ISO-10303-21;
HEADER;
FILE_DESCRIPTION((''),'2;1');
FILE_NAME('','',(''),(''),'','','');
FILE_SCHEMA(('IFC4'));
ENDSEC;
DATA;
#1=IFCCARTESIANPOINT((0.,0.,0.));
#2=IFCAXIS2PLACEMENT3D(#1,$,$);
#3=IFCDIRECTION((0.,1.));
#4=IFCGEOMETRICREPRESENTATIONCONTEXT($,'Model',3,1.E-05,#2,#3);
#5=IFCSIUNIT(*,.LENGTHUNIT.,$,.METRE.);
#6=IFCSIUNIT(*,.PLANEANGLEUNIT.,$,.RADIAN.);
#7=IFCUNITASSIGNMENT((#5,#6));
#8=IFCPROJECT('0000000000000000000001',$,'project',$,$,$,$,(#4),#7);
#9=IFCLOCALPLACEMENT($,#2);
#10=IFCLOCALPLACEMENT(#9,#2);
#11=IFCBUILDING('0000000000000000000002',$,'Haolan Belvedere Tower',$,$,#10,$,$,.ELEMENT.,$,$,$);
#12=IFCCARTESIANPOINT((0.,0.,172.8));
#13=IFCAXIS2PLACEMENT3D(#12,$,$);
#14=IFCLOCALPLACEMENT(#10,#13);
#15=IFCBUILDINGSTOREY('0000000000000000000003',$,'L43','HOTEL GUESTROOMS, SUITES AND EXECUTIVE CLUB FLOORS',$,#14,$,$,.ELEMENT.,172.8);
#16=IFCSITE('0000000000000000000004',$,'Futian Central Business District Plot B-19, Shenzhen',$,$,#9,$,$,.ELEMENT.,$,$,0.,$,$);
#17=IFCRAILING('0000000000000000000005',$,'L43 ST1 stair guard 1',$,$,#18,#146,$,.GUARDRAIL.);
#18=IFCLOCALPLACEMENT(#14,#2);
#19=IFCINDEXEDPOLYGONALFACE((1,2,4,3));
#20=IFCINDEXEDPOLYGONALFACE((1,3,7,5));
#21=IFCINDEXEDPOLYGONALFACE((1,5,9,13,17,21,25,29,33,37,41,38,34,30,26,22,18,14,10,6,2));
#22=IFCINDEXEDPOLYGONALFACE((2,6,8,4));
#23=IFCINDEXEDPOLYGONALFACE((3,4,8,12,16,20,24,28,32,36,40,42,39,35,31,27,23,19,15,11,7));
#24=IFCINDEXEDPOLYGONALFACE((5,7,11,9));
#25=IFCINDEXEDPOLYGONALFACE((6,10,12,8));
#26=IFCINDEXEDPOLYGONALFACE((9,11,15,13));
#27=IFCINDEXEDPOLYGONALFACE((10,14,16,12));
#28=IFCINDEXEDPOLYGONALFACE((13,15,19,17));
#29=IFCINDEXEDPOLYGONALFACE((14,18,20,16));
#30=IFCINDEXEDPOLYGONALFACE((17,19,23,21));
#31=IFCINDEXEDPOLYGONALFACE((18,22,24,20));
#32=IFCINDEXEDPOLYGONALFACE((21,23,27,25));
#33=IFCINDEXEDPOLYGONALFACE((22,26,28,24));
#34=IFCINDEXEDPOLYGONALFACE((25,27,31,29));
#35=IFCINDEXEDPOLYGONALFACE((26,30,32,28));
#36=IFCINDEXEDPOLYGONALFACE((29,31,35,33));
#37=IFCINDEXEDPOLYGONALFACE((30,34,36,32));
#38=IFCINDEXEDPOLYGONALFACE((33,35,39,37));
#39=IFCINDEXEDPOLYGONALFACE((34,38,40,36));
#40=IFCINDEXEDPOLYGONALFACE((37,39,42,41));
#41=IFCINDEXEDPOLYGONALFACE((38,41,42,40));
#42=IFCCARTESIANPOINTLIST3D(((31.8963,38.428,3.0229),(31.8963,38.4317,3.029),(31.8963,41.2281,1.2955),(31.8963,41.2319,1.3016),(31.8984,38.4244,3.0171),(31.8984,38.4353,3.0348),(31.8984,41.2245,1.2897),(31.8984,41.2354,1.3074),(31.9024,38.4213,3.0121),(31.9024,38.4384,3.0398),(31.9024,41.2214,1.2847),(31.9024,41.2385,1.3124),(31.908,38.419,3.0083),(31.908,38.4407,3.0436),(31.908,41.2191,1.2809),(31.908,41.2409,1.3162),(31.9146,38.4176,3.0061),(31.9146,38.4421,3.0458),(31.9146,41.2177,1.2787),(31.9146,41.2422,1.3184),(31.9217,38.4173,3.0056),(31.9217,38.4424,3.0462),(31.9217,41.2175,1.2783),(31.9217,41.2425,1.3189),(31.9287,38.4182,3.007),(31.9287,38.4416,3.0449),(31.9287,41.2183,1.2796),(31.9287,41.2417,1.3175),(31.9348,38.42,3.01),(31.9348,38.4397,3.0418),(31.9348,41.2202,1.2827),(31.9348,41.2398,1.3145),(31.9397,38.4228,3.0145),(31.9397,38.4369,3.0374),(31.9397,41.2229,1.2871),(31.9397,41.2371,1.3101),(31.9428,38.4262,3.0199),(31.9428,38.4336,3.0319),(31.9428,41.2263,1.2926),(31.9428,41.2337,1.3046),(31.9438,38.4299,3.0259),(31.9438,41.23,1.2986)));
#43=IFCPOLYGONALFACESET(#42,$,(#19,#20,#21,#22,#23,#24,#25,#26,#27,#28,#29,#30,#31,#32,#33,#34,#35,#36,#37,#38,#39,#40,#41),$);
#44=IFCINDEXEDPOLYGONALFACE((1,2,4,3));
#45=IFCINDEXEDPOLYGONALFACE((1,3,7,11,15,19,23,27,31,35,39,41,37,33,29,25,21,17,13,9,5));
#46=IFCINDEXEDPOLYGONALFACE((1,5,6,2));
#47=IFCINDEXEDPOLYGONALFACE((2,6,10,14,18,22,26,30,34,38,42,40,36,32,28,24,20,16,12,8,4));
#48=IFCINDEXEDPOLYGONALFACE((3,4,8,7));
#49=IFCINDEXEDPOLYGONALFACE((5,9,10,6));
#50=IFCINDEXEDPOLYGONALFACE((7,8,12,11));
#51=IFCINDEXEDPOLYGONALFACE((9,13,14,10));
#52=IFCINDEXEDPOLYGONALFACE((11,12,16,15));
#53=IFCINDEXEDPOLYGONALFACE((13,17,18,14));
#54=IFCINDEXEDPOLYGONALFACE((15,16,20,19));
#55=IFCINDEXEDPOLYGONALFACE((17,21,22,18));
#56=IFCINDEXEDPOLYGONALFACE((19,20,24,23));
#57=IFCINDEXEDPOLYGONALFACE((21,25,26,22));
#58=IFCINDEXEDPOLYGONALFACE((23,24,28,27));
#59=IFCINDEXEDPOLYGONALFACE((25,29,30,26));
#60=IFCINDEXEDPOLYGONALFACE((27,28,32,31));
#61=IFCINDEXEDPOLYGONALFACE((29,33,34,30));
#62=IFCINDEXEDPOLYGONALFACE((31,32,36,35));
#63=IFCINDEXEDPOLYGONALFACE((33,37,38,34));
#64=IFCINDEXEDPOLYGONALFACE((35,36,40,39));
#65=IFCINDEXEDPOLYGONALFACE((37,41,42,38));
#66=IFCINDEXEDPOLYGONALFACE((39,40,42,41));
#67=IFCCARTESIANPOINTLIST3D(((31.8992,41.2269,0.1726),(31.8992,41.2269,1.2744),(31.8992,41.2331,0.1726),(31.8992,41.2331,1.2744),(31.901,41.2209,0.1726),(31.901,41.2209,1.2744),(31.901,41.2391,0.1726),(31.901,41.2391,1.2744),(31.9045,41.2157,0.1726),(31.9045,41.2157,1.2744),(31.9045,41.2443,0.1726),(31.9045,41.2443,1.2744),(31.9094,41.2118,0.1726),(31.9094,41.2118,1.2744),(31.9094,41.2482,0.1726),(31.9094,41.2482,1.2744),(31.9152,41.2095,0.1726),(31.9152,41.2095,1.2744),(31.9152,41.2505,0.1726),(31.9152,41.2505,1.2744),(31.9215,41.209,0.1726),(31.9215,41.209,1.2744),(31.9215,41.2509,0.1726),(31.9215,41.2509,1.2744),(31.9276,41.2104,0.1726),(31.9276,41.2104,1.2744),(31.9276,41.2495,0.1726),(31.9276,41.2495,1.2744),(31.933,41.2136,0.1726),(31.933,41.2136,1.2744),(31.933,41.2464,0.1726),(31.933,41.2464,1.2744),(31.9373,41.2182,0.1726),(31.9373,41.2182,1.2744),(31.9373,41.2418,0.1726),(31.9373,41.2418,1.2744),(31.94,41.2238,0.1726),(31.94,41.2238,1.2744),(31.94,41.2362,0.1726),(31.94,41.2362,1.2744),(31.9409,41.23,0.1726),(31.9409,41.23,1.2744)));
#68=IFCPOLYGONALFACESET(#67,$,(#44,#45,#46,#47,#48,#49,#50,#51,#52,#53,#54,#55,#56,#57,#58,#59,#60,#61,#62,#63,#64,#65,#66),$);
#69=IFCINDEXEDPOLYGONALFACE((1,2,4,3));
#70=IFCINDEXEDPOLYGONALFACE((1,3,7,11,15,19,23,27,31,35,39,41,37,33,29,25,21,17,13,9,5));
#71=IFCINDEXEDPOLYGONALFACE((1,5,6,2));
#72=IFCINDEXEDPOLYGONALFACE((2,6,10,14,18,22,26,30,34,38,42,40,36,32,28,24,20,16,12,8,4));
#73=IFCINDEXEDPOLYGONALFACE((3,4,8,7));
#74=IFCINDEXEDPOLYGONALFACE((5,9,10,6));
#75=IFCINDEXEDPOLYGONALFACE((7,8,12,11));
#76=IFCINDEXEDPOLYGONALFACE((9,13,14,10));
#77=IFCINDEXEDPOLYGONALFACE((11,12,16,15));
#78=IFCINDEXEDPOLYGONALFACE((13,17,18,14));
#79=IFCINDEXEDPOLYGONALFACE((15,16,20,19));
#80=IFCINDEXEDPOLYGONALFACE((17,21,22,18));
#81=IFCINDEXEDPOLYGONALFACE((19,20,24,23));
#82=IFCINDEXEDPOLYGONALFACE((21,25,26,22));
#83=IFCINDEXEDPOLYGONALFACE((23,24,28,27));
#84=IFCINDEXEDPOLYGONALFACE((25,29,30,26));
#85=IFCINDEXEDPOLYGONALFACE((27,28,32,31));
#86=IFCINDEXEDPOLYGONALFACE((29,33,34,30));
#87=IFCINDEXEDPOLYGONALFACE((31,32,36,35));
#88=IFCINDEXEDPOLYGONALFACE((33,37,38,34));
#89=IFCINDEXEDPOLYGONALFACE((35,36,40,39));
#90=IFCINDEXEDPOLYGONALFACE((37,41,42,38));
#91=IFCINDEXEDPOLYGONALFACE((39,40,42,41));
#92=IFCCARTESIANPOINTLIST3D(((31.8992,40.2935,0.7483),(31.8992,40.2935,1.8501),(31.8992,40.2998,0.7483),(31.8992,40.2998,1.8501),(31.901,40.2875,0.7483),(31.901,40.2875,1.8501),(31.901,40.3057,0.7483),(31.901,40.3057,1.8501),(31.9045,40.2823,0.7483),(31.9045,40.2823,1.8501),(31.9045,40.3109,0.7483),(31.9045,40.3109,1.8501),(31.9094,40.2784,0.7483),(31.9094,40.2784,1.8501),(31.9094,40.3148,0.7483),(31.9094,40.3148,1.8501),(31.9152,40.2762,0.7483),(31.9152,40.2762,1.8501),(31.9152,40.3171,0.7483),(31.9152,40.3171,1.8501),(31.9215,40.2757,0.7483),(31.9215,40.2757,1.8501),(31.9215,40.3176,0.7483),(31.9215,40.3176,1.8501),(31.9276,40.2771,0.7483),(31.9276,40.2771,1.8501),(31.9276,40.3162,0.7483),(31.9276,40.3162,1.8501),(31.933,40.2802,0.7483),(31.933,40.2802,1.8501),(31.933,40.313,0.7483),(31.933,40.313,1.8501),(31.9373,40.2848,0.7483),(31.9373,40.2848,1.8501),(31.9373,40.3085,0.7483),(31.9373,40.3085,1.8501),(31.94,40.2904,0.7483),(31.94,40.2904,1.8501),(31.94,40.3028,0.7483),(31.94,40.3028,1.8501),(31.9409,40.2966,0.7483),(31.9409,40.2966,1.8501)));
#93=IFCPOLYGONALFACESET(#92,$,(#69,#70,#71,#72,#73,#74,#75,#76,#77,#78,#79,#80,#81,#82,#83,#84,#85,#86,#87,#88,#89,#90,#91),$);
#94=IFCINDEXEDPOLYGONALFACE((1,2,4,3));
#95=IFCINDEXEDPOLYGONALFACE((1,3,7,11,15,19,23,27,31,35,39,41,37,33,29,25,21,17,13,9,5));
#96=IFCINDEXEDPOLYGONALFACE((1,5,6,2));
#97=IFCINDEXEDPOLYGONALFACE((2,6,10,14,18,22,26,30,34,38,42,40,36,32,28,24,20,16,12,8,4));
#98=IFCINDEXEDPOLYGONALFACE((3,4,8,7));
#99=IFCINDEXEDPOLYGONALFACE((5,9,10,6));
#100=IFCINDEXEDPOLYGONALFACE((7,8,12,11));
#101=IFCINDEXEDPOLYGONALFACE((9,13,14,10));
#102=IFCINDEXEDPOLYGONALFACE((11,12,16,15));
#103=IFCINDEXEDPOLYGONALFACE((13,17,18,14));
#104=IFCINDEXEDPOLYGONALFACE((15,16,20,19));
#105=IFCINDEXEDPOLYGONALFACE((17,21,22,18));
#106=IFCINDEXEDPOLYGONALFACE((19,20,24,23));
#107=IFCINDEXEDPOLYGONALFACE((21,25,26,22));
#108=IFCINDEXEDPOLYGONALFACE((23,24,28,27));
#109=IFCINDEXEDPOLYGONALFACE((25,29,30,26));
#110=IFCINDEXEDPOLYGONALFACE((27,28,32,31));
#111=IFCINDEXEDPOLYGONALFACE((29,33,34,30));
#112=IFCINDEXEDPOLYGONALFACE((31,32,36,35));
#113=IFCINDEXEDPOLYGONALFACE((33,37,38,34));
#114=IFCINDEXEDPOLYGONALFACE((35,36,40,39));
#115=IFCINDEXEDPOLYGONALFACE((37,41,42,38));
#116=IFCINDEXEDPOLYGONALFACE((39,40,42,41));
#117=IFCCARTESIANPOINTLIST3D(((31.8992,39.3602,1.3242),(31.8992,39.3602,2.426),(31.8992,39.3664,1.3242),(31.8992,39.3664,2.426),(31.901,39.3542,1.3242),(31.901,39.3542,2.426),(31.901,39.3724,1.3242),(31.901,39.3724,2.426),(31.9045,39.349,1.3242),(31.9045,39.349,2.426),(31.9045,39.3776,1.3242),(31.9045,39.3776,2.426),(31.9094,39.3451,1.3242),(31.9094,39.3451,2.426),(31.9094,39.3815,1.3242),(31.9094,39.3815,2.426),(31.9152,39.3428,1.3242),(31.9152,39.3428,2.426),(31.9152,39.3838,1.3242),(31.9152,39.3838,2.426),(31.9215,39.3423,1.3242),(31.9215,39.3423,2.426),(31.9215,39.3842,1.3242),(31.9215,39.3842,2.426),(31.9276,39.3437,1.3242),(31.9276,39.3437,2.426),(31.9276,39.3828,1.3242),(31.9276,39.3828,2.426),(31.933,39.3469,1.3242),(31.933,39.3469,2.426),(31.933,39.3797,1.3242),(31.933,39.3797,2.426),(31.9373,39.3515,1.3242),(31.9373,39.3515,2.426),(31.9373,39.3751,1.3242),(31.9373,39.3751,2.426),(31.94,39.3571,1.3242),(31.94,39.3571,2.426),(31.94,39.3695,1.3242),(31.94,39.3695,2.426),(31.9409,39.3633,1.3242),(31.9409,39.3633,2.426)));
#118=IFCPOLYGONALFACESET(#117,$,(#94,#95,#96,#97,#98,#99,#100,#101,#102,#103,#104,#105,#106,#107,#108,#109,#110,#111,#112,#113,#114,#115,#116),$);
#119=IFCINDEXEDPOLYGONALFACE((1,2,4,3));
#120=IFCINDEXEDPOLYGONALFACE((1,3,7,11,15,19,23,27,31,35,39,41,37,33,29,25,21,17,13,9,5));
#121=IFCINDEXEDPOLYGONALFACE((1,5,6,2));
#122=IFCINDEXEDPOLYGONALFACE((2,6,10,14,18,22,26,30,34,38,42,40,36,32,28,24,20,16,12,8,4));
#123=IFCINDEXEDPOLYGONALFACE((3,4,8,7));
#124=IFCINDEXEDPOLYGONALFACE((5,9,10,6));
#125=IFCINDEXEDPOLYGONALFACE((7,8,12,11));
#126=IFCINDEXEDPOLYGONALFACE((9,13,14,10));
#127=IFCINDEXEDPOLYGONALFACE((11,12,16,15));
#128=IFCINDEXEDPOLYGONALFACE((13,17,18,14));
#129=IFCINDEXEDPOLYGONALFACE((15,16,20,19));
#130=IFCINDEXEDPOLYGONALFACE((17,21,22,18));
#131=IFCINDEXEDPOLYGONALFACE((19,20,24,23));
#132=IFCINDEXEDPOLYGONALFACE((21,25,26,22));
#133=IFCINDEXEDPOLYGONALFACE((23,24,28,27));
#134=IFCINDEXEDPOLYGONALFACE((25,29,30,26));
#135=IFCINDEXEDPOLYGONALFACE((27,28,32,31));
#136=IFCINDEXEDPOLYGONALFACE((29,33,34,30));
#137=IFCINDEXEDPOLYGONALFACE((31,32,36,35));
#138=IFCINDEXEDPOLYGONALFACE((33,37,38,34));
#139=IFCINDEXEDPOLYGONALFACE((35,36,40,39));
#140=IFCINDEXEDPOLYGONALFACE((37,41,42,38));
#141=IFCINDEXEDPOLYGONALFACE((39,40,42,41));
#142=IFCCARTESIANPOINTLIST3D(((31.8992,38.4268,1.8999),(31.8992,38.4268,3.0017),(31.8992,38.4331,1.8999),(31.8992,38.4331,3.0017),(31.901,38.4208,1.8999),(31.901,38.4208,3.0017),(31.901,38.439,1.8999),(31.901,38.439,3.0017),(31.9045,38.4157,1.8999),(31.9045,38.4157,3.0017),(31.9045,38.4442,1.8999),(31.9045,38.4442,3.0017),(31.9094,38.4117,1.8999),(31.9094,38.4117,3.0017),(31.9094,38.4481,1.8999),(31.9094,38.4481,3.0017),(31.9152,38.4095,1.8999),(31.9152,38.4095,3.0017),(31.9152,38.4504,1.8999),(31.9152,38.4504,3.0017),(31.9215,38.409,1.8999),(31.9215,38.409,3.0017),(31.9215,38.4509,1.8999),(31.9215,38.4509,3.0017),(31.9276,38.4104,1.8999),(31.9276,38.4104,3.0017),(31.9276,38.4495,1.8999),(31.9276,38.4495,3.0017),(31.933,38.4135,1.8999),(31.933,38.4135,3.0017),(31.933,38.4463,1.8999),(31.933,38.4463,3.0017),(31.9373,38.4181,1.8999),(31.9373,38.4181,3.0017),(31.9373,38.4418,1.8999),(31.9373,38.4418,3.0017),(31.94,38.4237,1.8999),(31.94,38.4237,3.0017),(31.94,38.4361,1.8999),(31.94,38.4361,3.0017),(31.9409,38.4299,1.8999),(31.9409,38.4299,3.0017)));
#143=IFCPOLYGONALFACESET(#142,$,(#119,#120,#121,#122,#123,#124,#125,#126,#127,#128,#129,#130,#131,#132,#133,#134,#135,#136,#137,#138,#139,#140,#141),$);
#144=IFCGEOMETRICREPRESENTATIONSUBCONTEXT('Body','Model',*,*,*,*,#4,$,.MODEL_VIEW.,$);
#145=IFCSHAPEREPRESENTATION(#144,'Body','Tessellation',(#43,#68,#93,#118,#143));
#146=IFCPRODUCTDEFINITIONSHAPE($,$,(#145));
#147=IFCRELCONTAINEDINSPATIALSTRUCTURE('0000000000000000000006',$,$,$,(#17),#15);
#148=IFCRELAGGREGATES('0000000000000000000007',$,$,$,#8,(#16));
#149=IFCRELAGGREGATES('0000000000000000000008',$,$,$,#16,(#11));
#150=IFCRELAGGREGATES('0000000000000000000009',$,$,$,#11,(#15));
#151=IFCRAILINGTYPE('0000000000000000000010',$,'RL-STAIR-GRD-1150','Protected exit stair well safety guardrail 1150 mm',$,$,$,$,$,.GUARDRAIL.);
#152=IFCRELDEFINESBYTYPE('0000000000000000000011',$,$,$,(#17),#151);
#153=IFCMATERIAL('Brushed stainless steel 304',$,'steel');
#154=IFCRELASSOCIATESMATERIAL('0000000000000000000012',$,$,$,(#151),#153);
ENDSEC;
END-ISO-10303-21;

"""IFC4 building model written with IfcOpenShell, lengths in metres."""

from ifc_helpers import new_model, si_unit, direction, frame, origin, origin_2d, place, context, subcontext, project, spatial, circle, extrude, material, type_object, element, save


model = new_model("IFC4")

# Units and contexts
model_context = context("Model", 3, precision=1e-05, world=origin(), true_north=direction((0.0, 1.0)))
body_context = subcontext(model_context, "Body", "Model", "MODEL_VIEW")
ifc_project = project(units=[si_unit("LENGTHUNIT", "METRE"), si_unit("PLANEANGLEUNIT", "RADIAN")], contexts=[model_context])

# Site, building, storey
site_placement = place(None, origin())
site = spatial("IfcSite", under=ifc_project, at=site_placement, Name="Futian Central Business District Plot B-19, Shenzhen", CompositionType="ELEMENT", RefElevation=0.0)
building_placement = place(site_placement, origin())
building = spatial("IfcBuilding", under=site, at=building_placement, Name="Haolan Belvedere Tower", CompositionType="ELEMENT")
storey_placement = place(building_placement, frame((0.0, 0.0, 172.8)))
storey = spatial("IfcBuildingStorey", under=building, at=storey_placement, Name="L43", Description="HOTEL GUESTROOMS, SUITES AND EXECUTIVE CLUB FLOORS", CompositionType="ELEMENT", Elevation=172.8)

# Railing
ifc_material_1 = material(Name="Brushed stainless steel 304", Category="steel")
railing_type_1 = type_object("IfcRailingType", Name="RL-STAIR-GRD-1150", Description="Protected exit stair well safety guardrail 1150 mm", PredefinedType="GUARDRAIL", material=ifc_material_1)
railing_1_placement = place(storey_placement, frame((31.9199, 41.23, 0.1726)))
element("IfcRailing", 1, at=railing_1_placement, inside=storey, type_object=railing_type_1, Name="L43 ST1 stair guard 1", PredefinedType="GUARDRAIL", context=body_context, shape_type="SweptSolid", body=[
    extrude(circle(Radius=0.0239, at=origin_2d()), frame((0.0, 0.0, 1.126), z_axis=(0.0, -0.85109, 0.52502), x_axis=(1.0, 0.0, 0.0)), (0.0, 0.0, 1.0), 3.29),
    extrude(circle(Radius=0.021, at=origin_2d()), origin(), (0.0, 0.0, 1.0), 1.1018),
    extrude(circle(Radius=0.021, at=origin_2d()), frame((0.0, -0.9333, 0.5757)), (0.0, 0.0, 1.0), 1.1018),
    extrude(circle(Radius=0.021, at=origin_2d()), frame((0.0, -1.8667, 1.1516)), (0.0, 0.0, 1.0), 1.1018),
    extrude(circle(Radius=0.021, at=origin_2d()), frame((0.0, -2.8, 1.7273)), (0.0, 0.0, 1.0), 1.1018),
])

save(model, "model.ifc")
